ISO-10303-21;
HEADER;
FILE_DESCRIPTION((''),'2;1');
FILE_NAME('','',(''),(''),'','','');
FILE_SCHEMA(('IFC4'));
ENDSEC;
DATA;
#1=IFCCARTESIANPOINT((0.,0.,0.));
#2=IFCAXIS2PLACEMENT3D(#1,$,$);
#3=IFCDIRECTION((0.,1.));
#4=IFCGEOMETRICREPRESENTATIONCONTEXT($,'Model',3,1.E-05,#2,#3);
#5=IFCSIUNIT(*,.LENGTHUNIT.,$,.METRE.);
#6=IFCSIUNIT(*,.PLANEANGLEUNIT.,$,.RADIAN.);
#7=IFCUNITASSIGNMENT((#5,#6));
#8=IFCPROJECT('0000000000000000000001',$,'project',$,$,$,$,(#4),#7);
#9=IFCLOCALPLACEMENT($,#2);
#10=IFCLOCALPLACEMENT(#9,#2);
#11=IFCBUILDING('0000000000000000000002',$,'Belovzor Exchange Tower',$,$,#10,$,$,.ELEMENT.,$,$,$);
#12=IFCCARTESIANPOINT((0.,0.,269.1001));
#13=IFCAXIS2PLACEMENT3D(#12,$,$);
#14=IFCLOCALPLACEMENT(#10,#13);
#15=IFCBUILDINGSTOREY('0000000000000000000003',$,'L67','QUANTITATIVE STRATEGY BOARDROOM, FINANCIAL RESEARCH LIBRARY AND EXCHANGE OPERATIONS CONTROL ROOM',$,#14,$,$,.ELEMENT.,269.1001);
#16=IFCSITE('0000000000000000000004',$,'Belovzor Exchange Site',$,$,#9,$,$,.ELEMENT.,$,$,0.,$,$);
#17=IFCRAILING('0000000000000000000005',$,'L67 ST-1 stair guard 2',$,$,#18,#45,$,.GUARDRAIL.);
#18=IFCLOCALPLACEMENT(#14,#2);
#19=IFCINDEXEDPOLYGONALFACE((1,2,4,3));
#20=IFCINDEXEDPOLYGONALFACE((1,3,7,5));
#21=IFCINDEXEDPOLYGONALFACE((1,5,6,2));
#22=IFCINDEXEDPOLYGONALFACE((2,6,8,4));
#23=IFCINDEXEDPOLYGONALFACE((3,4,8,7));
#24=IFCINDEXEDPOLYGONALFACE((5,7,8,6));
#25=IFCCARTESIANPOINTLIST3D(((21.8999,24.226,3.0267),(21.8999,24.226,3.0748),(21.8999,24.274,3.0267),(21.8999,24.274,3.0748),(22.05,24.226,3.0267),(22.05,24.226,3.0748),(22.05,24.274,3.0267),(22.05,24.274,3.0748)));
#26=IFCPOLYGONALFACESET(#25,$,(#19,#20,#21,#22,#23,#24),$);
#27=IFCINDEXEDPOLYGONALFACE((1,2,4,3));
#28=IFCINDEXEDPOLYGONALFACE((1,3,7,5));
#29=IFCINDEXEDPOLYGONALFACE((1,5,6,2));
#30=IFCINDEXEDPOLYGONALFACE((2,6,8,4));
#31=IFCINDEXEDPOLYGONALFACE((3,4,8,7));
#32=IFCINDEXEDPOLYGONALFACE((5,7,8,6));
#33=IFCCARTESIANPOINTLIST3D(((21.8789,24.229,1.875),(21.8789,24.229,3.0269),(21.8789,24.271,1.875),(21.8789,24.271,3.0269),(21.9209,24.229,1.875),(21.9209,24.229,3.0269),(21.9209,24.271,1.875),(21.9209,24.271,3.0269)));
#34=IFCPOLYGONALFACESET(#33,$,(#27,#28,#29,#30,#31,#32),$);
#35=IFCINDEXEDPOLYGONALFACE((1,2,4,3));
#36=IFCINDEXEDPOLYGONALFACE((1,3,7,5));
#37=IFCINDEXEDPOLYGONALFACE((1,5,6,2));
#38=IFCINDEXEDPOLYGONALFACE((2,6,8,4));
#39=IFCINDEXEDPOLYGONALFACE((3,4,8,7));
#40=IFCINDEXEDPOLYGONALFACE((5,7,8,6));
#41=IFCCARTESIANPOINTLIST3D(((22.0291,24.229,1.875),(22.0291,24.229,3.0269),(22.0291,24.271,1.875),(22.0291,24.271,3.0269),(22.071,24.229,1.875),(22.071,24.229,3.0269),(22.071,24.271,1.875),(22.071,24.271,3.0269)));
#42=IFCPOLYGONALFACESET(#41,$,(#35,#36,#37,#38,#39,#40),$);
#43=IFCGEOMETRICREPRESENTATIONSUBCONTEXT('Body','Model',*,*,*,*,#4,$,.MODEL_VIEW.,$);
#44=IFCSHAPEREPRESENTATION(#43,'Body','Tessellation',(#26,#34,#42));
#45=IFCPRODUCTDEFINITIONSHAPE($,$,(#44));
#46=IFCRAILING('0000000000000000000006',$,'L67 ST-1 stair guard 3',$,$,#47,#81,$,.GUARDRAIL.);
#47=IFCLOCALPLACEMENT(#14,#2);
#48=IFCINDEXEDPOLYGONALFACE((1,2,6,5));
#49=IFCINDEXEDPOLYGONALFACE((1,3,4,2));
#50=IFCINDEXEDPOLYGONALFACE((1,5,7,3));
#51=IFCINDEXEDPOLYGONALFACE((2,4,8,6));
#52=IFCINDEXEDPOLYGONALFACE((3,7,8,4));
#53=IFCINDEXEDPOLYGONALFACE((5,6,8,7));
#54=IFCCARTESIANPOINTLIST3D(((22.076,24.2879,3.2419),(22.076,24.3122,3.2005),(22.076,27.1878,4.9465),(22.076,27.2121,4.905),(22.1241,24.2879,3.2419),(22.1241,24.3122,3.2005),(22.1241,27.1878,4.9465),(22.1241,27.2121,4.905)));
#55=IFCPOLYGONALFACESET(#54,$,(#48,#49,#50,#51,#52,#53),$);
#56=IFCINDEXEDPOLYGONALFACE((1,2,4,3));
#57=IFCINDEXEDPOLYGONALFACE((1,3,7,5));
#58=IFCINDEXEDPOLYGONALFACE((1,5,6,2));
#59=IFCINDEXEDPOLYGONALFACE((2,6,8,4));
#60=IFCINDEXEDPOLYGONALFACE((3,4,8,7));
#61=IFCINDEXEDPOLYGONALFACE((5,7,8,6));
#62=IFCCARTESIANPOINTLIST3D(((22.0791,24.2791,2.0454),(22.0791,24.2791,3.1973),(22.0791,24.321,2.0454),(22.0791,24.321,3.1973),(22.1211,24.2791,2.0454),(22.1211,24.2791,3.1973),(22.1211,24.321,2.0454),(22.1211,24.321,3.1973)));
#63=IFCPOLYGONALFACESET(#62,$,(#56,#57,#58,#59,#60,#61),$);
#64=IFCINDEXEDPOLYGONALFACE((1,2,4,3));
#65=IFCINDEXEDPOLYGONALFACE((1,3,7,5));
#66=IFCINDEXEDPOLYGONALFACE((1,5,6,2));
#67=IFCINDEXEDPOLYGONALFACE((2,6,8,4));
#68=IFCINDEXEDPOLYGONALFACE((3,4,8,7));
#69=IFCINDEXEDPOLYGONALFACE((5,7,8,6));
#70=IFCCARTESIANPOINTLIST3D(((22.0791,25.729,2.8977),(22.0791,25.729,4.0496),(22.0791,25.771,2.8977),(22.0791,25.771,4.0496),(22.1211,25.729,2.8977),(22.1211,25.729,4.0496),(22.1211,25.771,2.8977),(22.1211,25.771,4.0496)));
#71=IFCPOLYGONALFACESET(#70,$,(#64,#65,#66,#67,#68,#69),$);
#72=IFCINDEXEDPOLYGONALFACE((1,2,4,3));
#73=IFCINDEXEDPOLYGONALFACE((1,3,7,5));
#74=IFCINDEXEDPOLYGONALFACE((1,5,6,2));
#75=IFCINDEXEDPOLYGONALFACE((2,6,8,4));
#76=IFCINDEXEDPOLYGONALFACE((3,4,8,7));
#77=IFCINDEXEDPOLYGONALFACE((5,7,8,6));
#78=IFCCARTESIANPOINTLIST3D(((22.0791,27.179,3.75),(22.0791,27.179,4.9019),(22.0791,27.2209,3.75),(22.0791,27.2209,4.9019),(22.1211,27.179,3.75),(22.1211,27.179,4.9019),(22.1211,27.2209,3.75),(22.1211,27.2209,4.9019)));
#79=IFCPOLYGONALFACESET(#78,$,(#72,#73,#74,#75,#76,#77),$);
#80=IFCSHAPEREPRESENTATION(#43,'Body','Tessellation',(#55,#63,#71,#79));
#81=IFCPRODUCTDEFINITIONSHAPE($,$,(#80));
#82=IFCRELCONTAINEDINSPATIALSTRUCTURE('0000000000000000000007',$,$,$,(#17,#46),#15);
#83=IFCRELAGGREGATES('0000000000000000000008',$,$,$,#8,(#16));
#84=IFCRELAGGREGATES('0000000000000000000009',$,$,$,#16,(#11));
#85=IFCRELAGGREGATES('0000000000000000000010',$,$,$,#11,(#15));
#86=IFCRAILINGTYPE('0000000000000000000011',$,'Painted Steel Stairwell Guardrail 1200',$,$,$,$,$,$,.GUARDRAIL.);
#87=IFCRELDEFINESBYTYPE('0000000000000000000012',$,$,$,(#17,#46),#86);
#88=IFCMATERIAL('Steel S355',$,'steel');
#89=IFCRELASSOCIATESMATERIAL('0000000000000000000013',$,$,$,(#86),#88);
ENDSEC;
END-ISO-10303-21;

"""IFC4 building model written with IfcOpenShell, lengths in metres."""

from ifc_helpers import new_model, si_unit, direction, frame, origin, origin_2d, place, context, subcontext, project, spatial, rectangle, extrude, material, type_object, element, save


model = new_model("IFC4")

# Units and contexts
model_context = context("Model", 3, precision=1e-05, world=origin(), true_north=direction((0.0, 1.0)))
body_context = subcontext(model_context, "Body", "Model", "MODEL_VIEW")
ifc_project = project(units=[si_unit("LENGTHUNIT", "METRE"), si_unit("PLANEANGLEUNIT", "RADIAN")], contexts=[model_context])

# Site, building, storey
site_placement = place(None, origin())
site = spatial("IfcSite", under=ifc_project, at=site_placement, Name="Belovzor Exchange Site", CompositionType="ELEMENT", RefElevation=0.0)
building_placement = place(site_placement, origin())
building = spatial("IfcBuilding", under=site, at=building_placement, Name="Belovzor Exchange Tower", CompositionType="ELEMENT")
storey_placement = place(building_placement, frame((0.0, 0.0, 269.1001)))
storey = spatial("IfcBuildingStorey", under=building, at=storey_placement, Name="L67", Description="QUANTITATIVE STRATEGY BOARDROOM, FINANCIAL RESEARCH LIBRARY AND EXCHANGE OPERATIONS CONTROL ROOM", CompositionType="ELEMENT", Elevation=269.1001)

# Railings
ifc_material_1 = material(Name="Steel S355", Category="steel")
railing_type_1 = type_object("IfcRailingType", Name="Painted Steel Stairwell Guardrail 1200", PredefinedType="GUARDRAIL", material=ifc_material_1)
railing_1_placement = place(storey_placement, frame((21.8999, 24.25, 1.875)))
element("IfcRailing", 1, at=railing_1_placement, inside=storey, type_object=railing_type_1, Name="L67 ST-1 stair guard 2", PredefinedType="GUARDRAIL", context=body_context, shape_type="SweptSolid", body=[
    extrude(rectangle(XDim=0.0481, YDim=0.0481, at=origin_2d()), frame((0.0, 0.0, 1.1758), z_axis=(1.0, 0.0, 0.0), x_axis=(0.0, 1.0, 0.0)), (0.0, 0.0, 1.0), 0.1501),
    extrude(rectangle(XDim=0.042, YDim=0.042, at=origin_2d()), origin(), (0.0, 0.0, 1.0), 1.1519),
    extrude(rectangle(XDim=0.042, YDim=0.042, at=origin_2d()), frame((0.1501, 0.0, 0.0)), (0.0, 0.0, 1.0), 1.1519),
])
railing_2_placement = place(storey_placement, frame((22.1001, 24.3, 2.0454)))
element("IfcRailing", 2, at=railing_2_placement, inside=storey, type_object=railing_type_1, Name="L67 ST-1 stair guard 3", PredefinedType="GUARDRAIL", context=body_context, shape_type="SweptSolid", body=[
    extrude(rectangle(XDim=0.0481, YDim=0.0481, at=origin_2d()), frame((0.0, 0.0, 1.1758), z_axis=(0.0, 0.862095, 0.506747), x_axis=(-1.0, 0.0, 0.0)), (0.0, 0.0, 1.0), 3.3638),
    extrude(rectangle(XDim=0.042, YDim=0.042, at=origin_2d()), origin(), (0.0, 0.0, 1.0), 1.1519),
    extrude(rectangle(XDim=0.042, YDim=0.042, at=origin_2d()), frame((0.0, 1.45, 0.8523)), (0.0, 0.0, 1.0), 1.1519),
    extrude(rectangle(XDim=0.042, YDim=0.042, at=origin_2d()), frame((0.0, 2.8999, 1.7046)), (0.0, 0.0, 1.0), 1.1519),
])

save(model, "model.ifc")
